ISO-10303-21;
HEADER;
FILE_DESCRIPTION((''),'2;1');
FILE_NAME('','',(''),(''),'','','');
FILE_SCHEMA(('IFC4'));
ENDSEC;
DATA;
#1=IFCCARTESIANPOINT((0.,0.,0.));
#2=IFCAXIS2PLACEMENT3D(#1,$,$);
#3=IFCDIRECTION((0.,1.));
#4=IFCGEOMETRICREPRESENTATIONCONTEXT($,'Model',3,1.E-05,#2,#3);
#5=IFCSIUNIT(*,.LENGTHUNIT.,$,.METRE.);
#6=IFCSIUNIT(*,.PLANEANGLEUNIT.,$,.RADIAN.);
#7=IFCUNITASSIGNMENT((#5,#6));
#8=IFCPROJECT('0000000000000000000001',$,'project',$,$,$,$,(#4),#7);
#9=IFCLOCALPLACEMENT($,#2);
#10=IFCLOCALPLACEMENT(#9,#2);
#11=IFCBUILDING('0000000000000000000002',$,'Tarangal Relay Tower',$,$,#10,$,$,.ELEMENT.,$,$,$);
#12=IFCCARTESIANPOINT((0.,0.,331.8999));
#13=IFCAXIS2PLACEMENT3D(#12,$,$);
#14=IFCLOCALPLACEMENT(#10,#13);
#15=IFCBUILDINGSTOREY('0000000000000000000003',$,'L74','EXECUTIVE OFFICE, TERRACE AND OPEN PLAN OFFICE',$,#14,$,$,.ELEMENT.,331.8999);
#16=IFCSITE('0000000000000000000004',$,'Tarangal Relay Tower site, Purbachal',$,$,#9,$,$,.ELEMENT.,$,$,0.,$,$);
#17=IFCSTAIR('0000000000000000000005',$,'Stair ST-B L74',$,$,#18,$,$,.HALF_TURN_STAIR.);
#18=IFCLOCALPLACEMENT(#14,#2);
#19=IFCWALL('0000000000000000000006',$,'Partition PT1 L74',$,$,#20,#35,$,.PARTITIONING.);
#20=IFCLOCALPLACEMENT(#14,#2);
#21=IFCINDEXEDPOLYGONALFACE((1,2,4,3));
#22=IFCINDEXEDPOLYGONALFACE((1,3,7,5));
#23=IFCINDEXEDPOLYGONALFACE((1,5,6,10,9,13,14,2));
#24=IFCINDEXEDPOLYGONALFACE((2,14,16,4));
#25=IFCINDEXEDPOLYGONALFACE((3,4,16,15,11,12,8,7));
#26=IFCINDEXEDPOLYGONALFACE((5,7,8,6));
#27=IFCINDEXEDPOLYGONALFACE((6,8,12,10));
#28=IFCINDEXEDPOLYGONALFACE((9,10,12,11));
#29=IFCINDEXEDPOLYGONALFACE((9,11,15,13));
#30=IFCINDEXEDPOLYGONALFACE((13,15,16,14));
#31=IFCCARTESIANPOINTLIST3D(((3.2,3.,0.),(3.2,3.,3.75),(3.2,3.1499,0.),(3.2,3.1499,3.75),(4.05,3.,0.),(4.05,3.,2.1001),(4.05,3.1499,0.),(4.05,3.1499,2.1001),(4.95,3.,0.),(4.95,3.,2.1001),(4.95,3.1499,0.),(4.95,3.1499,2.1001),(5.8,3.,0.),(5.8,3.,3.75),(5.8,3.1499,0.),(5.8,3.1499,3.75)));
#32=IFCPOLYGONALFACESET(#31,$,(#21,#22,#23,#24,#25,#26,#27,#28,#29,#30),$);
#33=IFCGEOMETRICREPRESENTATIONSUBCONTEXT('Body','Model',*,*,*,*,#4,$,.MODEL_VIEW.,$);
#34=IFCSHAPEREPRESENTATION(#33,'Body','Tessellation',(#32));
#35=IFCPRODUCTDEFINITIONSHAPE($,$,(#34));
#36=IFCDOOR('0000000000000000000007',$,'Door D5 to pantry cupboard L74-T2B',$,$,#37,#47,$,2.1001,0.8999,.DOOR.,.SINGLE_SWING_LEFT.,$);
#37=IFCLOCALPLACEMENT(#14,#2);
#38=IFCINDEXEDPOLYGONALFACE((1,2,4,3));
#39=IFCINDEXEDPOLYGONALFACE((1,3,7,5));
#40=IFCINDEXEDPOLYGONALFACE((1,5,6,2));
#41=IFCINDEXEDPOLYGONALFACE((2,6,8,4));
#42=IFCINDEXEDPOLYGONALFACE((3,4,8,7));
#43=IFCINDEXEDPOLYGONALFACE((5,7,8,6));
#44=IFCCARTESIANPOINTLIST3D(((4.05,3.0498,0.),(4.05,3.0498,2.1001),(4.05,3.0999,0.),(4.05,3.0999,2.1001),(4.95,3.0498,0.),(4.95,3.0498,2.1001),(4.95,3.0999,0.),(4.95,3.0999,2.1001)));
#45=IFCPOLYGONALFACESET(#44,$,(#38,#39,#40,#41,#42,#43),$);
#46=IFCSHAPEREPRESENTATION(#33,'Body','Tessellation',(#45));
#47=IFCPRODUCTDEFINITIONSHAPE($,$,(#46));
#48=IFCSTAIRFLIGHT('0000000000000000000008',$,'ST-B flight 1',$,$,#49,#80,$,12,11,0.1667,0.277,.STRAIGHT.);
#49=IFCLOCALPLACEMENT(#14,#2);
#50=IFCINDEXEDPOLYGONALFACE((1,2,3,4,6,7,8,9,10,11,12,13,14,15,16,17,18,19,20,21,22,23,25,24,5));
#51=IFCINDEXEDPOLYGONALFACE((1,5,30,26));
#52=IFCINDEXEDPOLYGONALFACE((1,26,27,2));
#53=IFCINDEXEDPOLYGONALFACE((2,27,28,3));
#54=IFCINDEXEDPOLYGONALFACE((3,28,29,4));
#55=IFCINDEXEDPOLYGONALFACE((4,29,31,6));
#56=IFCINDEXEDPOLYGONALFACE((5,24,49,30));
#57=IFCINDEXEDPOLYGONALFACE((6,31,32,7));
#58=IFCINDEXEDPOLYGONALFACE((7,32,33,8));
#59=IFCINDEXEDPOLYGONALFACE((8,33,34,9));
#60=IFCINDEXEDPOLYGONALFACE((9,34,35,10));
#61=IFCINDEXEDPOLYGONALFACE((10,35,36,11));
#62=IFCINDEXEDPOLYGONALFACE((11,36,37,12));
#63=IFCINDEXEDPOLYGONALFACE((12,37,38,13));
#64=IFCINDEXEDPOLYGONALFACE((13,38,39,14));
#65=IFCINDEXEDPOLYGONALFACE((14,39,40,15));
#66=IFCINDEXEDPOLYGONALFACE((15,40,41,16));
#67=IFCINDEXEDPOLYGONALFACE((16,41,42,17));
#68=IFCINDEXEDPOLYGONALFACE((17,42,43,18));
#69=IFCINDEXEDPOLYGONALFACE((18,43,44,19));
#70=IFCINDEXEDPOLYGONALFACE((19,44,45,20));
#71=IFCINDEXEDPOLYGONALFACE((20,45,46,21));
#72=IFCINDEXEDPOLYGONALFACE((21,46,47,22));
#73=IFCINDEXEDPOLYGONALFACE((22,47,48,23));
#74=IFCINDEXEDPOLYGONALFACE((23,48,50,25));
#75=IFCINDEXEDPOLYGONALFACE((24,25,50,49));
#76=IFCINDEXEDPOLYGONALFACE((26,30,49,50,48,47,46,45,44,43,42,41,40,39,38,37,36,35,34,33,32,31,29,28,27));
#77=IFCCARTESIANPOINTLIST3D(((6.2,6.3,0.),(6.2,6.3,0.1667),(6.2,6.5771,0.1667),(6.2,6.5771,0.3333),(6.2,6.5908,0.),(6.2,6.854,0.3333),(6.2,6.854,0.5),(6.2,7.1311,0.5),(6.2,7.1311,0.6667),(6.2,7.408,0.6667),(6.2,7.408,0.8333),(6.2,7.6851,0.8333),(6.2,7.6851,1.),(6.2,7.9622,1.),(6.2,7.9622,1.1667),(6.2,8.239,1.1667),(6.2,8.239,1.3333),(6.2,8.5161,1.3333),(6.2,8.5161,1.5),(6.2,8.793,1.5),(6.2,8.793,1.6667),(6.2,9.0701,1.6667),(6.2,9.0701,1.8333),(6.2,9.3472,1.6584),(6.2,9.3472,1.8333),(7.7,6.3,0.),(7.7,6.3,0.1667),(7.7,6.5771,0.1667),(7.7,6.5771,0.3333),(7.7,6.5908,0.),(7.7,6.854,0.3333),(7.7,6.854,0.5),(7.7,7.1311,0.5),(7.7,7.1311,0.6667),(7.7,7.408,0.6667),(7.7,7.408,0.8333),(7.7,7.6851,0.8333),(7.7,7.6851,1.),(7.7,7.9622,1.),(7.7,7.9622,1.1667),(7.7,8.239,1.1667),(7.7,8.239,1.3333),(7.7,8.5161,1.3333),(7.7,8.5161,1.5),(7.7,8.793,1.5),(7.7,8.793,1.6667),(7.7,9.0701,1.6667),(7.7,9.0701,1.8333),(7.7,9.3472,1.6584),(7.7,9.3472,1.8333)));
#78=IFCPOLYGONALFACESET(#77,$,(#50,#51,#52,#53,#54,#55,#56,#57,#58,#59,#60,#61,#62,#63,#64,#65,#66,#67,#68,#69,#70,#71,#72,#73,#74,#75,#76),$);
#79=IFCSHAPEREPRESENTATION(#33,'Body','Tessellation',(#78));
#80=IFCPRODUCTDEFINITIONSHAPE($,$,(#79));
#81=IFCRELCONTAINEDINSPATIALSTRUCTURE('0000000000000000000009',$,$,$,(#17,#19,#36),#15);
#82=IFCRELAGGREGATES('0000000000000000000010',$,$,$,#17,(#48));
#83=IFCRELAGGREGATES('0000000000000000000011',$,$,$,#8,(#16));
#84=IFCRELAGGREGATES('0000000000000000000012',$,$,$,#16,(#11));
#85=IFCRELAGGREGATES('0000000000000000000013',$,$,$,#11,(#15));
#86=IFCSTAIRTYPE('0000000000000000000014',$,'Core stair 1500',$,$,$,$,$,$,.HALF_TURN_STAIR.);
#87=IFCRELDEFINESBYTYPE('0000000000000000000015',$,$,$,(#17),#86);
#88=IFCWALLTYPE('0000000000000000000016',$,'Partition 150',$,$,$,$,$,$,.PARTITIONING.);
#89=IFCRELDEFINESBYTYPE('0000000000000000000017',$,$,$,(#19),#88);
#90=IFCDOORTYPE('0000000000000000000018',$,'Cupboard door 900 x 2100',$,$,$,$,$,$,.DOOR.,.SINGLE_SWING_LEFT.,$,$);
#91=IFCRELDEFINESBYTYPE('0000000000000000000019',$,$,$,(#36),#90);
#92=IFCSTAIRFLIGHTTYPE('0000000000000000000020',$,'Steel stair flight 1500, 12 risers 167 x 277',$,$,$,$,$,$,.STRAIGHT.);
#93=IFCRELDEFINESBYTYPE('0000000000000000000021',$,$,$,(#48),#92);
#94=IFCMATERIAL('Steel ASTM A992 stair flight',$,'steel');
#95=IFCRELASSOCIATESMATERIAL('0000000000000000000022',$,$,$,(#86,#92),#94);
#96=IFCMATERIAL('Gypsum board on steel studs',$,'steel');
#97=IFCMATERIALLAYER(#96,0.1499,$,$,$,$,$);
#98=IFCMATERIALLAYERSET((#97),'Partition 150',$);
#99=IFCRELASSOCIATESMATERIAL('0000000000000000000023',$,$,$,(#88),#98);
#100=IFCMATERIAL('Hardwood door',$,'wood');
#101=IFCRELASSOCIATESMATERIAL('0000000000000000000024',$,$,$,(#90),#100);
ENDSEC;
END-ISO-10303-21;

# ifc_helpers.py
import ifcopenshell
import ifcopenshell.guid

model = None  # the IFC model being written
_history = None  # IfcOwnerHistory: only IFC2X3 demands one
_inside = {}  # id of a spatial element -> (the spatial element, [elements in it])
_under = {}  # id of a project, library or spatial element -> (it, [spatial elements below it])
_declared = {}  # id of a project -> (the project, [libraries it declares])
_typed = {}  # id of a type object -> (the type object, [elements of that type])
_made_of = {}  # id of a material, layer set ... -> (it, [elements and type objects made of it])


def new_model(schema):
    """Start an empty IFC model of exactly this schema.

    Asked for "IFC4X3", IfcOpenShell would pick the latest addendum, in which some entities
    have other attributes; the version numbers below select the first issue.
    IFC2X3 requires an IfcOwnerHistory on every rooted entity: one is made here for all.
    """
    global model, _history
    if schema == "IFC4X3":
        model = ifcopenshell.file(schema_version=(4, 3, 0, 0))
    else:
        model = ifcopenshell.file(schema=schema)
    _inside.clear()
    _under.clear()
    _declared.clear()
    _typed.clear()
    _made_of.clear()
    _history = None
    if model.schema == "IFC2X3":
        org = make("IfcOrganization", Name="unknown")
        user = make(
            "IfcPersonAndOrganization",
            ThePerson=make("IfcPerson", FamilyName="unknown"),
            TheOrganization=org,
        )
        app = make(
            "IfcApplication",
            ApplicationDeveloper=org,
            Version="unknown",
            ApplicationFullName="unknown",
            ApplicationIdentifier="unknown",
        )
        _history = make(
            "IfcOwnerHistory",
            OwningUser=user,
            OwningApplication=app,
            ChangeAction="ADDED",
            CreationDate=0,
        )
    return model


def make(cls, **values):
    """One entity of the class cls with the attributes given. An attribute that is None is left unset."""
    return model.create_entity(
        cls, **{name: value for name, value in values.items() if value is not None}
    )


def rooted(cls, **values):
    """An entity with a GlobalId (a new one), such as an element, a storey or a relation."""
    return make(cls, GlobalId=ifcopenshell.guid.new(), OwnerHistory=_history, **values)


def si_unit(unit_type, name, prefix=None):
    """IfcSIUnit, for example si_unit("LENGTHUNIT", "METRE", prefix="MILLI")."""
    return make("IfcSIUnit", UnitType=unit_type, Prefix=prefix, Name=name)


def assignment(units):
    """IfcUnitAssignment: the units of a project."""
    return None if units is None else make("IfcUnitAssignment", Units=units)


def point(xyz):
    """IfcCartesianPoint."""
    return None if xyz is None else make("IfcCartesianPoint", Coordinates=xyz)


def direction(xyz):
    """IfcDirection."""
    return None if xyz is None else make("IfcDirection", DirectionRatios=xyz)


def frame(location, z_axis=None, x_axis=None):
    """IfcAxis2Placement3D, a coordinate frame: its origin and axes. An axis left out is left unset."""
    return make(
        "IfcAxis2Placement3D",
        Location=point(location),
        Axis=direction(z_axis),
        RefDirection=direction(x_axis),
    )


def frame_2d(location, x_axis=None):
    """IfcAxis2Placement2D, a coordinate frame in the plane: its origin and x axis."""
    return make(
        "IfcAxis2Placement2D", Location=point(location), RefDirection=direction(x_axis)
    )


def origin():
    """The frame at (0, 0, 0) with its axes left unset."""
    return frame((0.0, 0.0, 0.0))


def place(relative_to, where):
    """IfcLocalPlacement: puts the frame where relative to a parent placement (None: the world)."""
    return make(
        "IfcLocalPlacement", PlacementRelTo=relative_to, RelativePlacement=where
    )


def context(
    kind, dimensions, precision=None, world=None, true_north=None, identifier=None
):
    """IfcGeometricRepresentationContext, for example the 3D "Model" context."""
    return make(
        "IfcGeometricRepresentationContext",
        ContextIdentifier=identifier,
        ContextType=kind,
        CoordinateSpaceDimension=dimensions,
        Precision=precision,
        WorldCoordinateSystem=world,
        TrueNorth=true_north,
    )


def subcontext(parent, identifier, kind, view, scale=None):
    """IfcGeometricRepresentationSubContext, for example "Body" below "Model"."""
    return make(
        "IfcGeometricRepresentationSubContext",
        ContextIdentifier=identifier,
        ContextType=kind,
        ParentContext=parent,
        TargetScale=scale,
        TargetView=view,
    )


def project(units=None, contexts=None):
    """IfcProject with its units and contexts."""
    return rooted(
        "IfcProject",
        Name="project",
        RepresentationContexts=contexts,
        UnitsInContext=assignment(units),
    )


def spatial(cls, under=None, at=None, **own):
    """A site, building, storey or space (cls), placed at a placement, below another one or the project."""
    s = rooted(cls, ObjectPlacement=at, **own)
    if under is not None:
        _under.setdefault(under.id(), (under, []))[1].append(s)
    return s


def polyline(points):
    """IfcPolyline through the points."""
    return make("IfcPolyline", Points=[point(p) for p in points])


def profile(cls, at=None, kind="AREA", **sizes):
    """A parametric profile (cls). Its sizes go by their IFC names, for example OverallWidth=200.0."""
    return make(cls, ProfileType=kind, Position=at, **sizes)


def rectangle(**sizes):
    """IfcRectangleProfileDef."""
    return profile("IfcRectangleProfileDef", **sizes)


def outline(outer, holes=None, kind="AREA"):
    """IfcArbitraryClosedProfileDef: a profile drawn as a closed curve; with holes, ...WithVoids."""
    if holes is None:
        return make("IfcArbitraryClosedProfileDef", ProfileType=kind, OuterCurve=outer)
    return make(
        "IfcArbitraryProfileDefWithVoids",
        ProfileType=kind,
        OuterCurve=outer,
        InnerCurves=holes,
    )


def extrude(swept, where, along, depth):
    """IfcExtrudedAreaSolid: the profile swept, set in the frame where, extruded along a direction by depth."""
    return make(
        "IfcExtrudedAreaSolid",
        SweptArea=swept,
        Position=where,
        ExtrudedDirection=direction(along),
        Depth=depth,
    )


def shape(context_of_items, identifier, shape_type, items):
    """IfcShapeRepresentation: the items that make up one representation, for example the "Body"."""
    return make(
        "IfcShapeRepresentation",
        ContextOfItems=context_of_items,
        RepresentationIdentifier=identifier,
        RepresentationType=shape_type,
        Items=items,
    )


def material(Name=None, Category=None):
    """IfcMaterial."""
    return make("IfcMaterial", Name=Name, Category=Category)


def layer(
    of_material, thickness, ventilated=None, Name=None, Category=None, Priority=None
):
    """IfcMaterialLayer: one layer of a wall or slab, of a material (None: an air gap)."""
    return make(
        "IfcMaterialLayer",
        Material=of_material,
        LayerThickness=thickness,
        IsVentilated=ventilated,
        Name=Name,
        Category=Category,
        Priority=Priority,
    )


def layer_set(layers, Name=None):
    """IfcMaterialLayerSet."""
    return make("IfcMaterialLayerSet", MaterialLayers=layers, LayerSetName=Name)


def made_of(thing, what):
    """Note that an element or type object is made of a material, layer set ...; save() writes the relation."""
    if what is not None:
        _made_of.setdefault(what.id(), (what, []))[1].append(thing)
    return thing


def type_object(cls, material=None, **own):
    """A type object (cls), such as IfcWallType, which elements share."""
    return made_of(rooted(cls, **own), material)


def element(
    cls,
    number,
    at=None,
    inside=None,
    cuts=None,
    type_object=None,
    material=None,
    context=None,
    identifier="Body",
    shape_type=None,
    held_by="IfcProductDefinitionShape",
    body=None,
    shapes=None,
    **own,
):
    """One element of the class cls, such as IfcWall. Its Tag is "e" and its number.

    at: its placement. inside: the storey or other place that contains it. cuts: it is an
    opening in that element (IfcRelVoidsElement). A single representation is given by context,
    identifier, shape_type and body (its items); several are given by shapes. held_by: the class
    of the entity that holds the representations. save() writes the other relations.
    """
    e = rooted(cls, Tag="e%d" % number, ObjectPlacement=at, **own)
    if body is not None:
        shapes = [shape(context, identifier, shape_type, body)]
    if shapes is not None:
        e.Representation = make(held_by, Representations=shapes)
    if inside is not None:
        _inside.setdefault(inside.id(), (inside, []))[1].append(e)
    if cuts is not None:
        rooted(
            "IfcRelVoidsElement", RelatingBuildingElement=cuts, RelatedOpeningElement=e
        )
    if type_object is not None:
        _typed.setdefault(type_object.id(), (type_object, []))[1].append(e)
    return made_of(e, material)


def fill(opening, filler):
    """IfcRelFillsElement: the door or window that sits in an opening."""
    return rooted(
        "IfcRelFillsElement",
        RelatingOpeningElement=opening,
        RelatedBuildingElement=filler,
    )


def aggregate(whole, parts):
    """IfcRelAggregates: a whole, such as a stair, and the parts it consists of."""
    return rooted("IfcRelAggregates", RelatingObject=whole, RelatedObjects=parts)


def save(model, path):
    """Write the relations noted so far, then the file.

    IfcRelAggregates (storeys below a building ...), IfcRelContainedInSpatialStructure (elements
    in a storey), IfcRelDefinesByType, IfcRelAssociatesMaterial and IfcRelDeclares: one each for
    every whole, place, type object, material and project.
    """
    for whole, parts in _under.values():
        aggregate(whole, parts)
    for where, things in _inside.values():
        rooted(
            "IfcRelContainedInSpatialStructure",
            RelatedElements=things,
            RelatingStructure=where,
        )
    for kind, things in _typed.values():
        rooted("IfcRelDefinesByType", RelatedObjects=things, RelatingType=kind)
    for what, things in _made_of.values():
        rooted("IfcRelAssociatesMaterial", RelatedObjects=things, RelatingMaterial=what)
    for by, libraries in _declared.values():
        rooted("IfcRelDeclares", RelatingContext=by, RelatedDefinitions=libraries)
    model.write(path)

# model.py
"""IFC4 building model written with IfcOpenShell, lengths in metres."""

from ifc_helpers import new_model, si_unit, direction, frame, frame_2d, origin, place, context, subcontext, project, spatial, polyline, rectangle, outline, extrude, material, layer, layer_set, type_object, element, fill, aggregate, save


model = new_model("IFC4")

# Units and contexts
model_context = context("Model", 3, precision=1e-05, world=origin(), true_north=direction((0.0, 1.0)))
body_context = subcontext(model_context, "Body", "Model", "MODEL_VIEW")
ifc_project = project(units=[si_unit("LENGTHUNIT", "METRE"), si_unit("PLANEANGLEUNIT", "RADIAN")], contexts=[model_context])

# Site, building, storey
site_placement = place(None, origin())
site = spatial("IfcSite", under=ifc_project, at=site_placement, Name="Tarangal Relay Tower site, Purbachal", CompositionType="ELEMENT", RefElevation=0.0)
building_placement = place(site_placement, origin())
building = spatial("IfcBuilding", under=site, at=building_placement, Name="Tarangal Relay Tower", CompositionType="ELEMENT")
storey_placement = place(building_placement, frame((0.0, 0.0, 331.8999)))
storey = spatial("IfcBuildingStorey", under=building, at=storey_placement, Name="L74", Description="EXECUTIVE OFFICE, TERRACE AND OPEN PLAN OFFICE", CompositionType="ELEMENT", Elevation=331.8999)

# Stair
ifc_material_1 = material(Name="Steel ASTM A992 stair flight", Category="steel")
stair_type = type_object("IfcStairType", Name="Core stair 1500", PredefinedType="HALF_TURN_STAIR", material=ifc_material_1)
stair_1_placement = place(storey_placement, origin())
stair_1 = element("IfcStair", 1, at=stair_1_placement, inside=storey, type_object=stair_type, Name="Stair ST-B L74", PredefinedType="HALF_TURN_STAIR")

# Wall, opening, door
ifc_material_2 = material(Name="Gypsum board on steel studs", Category="steel")
ifc_layer_1 = layer(ifc_material_2, 0.1499)
ifc_layer_set_1 = layer_set([ifc_layer_1], Name="Partition 150")
wall_type_1 = type_object("IfcWallType", Name="Partition 150", PredefinedType="PARTITIONING", material=ifc_layer_set_1)
wall_1_placement = place(storey_placement, frame((3.2, 3.075, 0.0), z_axis=(0.0, 0.0, 1.0), x_axis=(1.0, 0.0, 0.0)))
wall_1 = element("IfcWall", 2, at=wall_1_placement, inside=storey, type_object=wall_type_1, Name="Partition PT1 L74", PredefinedType="PARTITIONING", context=body_context, shape_type="SweptSolid", body=[
    extrude(rectangle(XDim=2.6001, YDim=0.1499, at=frame_2d((1.3, 0.0))), origin(), (0.0, 0.0, 1.0), 3.75),
])
opening_1_placement = place(wall_1_placement, frame((0.8501, 0.0, 0.0)))
opening_1 = element("IfcOpeningElement", 3, at=opening_1_placement, cuts=wall_1, PredefinedType="OPENING", context=body_context, shape_type="SweptSolid", body=[
    extrude(rectangle(XDim=0.8999, YDim=2.1001, at=frame_2d((0.45, 1.05))), frame((0.0, 0.085, 0.0), z_axis=(0.0, -1.0, 0.0), x_axis=(1.0, 0.0, 0.0)), (0.0, 0.0, 1.0), 0.1699),
])
ifc_material_3 = material(Name="Hardwood door", Category="wood")
door_type_1 = type_object("IfcDoorType", Name="Cupboard door 900 x 2100", OperationType="SINGLE_SWING_LEFT", PredefinedType="DOOR", material=ifc_material_3)
door_1_placement = place(opening_1_placement, origin())
door_1 = element("IfcDoor", 4, at=door_1_placement, inside=storey, type_object=door_type_1, Name="Door D5 to pantry cupboard L74-T2B", OperationType="SINGLE_SWING_LEFT", OverallHeight=2.1001, OverallWidth=0.8999, PredefinedType="DOOR", context=body_context, shape_type="SweptSolid", body=[
    extrude(rectangle(XDim=0.8999, YDim=2.1001, at=frame_2d((0.45, 1.05))), frame((0.0, 0.0249, 0.0), z_axis=(0.0, -1.0, 0.0), x_axis=(1.0, 0.0, 0.0)), (0.0, 0.0, 1.0), 0.05),
])
fill(opening_1, door_1)

# Stair flight
stair_flight_type = type_object("IfcStairFlightType", Name="Steel stair flight 1500, 12 risers 167 x 277", PredefinedType="STRAIGHT", material=ifc_material_1)
stair_flight_placement = place(storey_placement, frame((6.95, 6.3, 0.0), z_axis=(0.0, 0.0, 1.0), x_axis=(0.0, 1.0, 0.0)))
stair_flight = element("IfcStairFlight", 5, at=stair_flight_placement, type_object=stair_flight_type, Name="ST-B flight 1", NumberOfRisers=12, NumberOfTreads=11, PredefinedType="STRAIGHT", RiserHeight=0.1667, TreadLength=0.277, context=body_context, shape_type="SweptSolid", body=[
    extrude(outline(polyline([(0.0, 0.0), (0.0, 0.1667), (0.2771, 0.1667), (0.2771, 0.3333), (0.554, 0.3333), (0.554, 0.5), (0.8311, 0.5), (0.8311, 0.6667), (1.1079, 0.6667), (1.1079, 0.8333), (1.385, 0.8333), (1.385, 1.0), (1.6621, 1.0), (1.6621, 1.1667), (1.939, 1.1667), (1.939, 1.3333), (2.2161, 1.3333), (2.2161, 1.5), (2.4929, 1.5), (2.4929, 1.6667), (2.77, 1.6667), (2.77, 1.8333), (3.0471, 1.8333), (3.0471, 2.0), (3.0471, 1.6584), (0.2908, 0.0), (0.0, 0.0)])), frame((0.0, 0.75, 0.0), z_axis=(0.0, -1.0, 0.0), x_axis=(1.0, 0.0, 0.0)), (0.0, 0.0, 1.0), 1.5),
])
aggregate(stair_1, [stair_flight])

save(model, "model.ifc")
